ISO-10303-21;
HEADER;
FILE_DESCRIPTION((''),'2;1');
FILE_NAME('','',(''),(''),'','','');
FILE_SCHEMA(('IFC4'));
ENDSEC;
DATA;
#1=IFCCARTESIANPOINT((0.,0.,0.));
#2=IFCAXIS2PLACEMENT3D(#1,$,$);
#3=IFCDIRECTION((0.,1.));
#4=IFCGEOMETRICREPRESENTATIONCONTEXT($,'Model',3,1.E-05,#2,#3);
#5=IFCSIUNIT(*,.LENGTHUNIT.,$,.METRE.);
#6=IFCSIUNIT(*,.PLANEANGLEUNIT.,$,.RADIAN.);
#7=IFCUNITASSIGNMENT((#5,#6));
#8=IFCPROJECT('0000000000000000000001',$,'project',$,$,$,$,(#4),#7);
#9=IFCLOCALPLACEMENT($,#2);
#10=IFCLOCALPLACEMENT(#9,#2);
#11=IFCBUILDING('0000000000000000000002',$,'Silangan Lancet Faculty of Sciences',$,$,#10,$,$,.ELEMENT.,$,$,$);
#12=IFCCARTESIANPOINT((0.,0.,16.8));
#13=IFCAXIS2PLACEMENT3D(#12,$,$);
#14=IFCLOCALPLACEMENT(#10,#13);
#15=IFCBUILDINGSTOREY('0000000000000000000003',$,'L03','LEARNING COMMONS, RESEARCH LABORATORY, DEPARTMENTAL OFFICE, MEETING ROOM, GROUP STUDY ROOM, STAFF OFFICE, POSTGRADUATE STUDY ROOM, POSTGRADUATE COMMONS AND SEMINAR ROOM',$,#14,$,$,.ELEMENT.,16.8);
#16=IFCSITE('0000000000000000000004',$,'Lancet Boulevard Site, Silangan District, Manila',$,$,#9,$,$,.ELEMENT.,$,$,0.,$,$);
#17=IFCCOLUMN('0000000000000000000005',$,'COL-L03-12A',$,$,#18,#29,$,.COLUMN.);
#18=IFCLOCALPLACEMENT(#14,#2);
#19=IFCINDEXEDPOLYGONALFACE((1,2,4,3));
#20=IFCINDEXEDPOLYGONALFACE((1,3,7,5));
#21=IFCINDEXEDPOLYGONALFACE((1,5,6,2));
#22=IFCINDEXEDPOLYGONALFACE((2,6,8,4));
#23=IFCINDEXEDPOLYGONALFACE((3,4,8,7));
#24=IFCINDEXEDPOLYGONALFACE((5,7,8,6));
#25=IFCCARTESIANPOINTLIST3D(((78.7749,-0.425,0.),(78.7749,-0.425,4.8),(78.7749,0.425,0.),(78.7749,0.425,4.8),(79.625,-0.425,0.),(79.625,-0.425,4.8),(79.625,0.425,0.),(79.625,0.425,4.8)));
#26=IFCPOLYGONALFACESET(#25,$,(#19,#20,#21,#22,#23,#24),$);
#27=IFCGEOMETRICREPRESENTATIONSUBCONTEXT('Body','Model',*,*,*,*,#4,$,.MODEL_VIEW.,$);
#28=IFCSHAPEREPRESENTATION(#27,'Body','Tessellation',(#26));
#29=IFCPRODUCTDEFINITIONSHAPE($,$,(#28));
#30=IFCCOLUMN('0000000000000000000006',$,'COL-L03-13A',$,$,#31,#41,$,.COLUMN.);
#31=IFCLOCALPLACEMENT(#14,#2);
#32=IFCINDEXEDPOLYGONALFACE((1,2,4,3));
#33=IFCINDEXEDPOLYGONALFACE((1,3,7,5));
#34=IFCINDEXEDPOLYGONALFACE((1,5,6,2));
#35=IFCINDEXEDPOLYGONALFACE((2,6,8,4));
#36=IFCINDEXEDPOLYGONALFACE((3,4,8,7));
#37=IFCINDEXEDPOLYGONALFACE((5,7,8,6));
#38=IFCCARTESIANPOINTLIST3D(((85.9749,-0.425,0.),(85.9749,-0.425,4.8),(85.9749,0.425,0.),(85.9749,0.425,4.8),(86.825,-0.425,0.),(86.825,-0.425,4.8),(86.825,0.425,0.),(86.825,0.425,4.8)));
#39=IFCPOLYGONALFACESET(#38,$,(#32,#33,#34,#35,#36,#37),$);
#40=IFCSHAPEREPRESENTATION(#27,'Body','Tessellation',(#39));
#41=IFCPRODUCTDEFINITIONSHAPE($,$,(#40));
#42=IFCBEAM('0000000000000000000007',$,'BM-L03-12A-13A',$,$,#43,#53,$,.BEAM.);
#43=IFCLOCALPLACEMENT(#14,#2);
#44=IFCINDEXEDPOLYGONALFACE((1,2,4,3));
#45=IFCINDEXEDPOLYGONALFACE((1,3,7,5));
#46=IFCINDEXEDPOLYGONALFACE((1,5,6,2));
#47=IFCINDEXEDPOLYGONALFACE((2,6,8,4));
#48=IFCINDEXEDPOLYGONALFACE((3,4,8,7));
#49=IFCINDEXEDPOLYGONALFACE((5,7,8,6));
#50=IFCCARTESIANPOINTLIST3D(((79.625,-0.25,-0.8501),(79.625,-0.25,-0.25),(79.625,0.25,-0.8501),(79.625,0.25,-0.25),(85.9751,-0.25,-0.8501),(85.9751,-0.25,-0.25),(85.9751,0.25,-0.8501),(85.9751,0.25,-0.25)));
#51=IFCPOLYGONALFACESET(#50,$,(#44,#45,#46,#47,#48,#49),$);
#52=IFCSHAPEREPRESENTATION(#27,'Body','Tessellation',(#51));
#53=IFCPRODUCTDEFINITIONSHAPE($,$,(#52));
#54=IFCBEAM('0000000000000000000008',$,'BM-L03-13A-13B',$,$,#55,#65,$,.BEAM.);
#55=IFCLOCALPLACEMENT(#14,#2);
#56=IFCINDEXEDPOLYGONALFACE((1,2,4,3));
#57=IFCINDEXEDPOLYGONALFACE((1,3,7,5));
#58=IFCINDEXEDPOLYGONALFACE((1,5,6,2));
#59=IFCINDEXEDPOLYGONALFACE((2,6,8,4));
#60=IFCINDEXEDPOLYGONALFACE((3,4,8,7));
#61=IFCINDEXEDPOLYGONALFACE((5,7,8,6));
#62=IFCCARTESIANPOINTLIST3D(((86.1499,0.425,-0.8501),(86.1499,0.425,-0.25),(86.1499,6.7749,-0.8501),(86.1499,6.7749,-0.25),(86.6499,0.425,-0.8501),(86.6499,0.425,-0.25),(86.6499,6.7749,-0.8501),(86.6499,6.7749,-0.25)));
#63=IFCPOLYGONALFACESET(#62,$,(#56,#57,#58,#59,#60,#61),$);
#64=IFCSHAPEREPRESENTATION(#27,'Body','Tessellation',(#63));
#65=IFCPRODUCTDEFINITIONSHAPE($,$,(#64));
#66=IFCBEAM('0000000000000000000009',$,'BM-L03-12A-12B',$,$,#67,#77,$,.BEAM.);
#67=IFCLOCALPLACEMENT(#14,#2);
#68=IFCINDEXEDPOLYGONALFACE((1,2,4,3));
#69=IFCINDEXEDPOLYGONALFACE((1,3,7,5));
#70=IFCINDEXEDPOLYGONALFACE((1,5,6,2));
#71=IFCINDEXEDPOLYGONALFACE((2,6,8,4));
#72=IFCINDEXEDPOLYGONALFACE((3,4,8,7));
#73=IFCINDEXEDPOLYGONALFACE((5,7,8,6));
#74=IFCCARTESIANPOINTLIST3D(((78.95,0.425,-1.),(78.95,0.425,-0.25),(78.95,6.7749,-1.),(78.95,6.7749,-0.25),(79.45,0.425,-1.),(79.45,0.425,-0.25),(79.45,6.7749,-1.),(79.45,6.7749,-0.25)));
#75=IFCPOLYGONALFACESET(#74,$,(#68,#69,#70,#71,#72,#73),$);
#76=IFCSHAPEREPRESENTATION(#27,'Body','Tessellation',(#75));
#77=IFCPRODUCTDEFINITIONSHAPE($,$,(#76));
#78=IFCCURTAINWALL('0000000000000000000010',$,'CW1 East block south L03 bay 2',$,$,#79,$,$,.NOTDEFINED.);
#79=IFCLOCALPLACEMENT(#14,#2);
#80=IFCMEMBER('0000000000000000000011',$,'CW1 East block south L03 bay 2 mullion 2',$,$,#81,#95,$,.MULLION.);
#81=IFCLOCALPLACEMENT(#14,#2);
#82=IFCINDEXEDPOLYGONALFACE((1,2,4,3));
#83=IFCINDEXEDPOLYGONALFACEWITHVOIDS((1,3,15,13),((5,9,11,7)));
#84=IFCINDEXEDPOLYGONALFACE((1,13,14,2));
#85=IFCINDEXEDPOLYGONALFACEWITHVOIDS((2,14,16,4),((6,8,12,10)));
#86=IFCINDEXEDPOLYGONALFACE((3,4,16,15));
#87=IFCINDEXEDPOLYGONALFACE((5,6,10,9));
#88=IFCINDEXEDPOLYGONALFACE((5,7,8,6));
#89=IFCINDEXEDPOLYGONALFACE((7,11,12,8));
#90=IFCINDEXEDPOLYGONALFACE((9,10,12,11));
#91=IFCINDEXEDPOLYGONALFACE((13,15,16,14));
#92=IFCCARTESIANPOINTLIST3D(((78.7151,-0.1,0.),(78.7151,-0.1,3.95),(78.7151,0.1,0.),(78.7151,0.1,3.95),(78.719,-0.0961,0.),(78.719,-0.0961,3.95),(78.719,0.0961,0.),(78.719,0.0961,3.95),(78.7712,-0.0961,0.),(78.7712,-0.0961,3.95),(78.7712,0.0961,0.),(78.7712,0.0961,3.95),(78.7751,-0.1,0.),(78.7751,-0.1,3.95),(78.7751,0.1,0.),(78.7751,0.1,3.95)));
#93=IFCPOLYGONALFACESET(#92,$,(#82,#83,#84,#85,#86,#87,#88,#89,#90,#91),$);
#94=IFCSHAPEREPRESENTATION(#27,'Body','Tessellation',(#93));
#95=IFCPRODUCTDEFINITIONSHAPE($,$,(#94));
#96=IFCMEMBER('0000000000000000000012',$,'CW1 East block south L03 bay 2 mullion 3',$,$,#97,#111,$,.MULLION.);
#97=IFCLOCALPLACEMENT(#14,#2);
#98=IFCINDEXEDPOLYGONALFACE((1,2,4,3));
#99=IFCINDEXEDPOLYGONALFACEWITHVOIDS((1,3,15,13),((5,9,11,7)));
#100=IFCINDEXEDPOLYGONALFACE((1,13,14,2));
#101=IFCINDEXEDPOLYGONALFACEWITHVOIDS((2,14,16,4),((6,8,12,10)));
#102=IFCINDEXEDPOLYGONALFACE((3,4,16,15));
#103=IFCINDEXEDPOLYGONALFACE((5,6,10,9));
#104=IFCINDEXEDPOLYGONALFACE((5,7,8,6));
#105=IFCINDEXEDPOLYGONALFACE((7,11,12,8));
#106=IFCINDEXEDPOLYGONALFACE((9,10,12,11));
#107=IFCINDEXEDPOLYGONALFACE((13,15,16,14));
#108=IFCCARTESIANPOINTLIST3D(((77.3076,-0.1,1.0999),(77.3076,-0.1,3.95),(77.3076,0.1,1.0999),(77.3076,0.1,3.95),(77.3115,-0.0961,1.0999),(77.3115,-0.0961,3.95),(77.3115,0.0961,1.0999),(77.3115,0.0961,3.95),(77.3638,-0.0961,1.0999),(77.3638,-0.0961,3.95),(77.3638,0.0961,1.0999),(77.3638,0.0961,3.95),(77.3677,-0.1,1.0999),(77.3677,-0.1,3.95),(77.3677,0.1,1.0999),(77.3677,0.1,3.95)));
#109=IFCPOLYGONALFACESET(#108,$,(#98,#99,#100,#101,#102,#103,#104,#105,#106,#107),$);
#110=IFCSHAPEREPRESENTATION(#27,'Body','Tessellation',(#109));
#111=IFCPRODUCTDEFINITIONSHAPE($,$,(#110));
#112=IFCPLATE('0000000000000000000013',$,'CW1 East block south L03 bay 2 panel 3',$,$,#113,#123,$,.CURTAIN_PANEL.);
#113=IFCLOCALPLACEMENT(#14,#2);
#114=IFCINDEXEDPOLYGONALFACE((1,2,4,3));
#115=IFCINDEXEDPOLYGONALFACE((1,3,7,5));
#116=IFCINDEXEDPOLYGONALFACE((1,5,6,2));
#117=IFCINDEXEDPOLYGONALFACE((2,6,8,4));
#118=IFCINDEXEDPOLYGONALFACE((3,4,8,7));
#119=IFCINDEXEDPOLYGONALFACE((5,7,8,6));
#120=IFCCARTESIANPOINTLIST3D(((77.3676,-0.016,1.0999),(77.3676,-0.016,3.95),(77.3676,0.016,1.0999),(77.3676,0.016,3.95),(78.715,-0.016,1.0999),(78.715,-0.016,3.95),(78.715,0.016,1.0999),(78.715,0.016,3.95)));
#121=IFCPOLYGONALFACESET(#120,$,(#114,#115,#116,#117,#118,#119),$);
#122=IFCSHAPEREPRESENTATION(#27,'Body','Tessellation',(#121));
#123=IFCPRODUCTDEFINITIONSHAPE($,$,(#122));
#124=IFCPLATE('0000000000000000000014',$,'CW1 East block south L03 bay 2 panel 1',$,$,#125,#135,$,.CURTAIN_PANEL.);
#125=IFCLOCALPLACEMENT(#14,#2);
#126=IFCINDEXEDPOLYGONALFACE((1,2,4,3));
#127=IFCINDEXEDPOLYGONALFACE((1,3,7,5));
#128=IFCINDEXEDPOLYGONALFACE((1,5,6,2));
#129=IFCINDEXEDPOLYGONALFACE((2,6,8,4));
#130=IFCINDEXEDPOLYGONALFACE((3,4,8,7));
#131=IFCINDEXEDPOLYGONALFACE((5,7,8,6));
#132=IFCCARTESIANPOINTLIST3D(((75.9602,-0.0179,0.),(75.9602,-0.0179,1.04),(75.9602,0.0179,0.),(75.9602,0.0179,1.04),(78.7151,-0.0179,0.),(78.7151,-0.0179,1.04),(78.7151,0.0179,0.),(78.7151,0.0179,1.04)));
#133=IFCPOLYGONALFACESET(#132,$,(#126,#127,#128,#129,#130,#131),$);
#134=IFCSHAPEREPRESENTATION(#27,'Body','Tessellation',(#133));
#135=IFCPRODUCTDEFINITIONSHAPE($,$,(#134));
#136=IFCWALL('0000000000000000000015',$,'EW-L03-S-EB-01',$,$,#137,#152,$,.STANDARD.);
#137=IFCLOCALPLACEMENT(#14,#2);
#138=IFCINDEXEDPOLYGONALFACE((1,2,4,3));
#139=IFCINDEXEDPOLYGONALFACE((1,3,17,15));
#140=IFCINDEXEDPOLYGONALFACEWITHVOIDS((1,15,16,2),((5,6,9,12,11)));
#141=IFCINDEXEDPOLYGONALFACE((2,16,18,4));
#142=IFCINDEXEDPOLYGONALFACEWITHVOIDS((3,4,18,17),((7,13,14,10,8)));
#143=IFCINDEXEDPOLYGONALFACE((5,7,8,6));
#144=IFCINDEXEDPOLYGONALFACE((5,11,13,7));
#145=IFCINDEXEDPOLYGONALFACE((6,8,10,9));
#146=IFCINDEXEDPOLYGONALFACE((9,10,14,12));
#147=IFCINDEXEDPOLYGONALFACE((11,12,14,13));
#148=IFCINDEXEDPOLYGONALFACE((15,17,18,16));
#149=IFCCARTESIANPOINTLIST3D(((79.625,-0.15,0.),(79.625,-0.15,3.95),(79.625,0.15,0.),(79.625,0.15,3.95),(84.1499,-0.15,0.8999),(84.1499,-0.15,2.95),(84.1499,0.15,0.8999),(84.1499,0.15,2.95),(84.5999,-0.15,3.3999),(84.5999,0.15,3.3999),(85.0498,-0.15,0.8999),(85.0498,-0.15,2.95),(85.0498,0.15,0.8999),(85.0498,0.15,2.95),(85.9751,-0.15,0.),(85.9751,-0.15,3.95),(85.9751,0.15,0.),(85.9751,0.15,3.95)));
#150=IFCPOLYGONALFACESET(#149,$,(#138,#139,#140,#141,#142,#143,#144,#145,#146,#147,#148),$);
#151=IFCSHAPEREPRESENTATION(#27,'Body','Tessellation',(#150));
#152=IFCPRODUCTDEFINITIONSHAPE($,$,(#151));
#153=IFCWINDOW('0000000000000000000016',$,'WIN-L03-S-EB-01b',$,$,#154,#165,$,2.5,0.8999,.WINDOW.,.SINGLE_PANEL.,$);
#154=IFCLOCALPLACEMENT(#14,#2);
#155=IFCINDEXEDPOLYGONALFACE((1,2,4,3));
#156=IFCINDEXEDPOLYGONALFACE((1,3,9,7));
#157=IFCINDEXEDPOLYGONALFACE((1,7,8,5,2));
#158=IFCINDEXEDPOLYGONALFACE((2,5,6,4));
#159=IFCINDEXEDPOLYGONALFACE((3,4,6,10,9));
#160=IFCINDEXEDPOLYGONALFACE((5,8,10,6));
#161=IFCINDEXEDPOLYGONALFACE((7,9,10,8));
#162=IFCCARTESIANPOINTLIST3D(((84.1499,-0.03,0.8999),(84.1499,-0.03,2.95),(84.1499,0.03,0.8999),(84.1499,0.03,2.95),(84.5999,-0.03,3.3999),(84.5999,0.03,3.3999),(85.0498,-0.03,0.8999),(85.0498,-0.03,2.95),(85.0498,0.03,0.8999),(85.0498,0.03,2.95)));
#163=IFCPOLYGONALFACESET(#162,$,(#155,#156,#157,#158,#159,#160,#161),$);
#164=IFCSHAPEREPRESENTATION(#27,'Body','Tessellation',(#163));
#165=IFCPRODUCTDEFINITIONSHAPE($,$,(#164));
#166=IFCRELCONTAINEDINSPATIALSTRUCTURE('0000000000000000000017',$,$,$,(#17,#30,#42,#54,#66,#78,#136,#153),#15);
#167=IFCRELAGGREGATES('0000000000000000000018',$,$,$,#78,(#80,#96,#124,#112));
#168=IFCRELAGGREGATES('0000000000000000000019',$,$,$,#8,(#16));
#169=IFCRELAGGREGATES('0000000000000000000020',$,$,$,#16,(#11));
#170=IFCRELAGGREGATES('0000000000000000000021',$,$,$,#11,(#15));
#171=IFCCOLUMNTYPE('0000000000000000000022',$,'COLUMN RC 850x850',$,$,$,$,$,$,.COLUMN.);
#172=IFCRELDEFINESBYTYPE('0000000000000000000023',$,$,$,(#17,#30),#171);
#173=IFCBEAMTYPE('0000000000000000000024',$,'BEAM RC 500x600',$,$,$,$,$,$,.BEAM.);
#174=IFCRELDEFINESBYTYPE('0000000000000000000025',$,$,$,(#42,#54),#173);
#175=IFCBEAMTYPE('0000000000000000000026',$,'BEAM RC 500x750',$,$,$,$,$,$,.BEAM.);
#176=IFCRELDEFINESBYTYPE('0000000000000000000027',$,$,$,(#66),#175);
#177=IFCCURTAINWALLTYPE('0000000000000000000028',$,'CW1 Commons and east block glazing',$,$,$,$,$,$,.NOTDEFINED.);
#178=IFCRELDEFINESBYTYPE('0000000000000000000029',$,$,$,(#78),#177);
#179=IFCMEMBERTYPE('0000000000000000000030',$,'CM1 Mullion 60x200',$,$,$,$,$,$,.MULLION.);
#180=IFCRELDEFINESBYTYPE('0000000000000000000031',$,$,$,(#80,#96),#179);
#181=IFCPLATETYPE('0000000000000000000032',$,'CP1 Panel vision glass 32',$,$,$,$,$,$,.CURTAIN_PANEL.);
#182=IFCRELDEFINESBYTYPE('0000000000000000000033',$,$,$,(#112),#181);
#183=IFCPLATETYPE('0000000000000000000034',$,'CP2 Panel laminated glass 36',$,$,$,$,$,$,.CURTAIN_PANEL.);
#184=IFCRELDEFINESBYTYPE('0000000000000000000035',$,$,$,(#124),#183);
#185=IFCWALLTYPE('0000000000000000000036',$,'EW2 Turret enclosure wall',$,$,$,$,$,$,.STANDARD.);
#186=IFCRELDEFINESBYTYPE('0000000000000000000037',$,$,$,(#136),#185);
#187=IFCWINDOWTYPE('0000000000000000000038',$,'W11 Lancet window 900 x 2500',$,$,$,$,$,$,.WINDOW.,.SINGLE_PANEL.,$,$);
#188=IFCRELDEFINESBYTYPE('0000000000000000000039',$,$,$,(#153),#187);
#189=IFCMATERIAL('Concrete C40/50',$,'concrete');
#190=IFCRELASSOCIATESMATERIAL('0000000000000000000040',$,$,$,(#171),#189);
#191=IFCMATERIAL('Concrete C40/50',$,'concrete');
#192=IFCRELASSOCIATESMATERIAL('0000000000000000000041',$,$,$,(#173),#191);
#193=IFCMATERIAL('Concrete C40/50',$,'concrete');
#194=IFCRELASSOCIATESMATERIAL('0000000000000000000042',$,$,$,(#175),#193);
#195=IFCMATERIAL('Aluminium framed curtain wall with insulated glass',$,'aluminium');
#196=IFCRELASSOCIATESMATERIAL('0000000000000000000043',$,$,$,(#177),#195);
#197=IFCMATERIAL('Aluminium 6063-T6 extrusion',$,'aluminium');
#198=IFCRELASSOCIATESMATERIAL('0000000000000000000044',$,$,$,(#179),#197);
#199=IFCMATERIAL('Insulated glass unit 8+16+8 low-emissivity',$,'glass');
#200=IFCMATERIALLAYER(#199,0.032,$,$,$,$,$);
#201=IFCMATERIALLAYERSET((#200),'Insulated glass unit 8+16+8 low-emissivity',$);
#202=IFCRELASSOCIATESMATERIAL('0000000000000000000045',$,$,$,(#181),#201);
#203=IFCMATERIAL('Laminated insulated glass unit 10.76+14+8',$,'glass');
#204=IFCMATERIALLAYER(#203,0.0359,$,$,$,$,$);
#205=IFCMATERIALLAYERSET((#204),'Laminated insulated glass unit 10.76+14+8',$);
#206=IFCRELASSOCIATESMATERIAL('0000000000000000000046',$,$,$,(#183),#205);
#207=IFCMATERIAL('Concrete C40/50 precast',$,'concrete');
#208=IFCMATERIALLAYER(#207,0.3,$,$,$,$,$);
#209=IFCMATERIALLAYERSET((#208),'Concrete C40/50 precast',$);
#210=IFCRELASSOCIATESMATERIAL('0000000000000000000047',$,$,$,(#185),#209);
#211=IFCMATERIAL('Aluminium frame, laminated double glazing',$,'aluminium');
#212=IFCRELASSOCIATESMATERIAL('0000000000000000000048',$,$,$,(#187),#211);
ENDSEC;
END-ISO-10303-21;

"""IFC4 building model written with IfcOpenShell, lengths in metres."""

from ifc_helpers import new_model, si_unit, direction, frame, frame_2d, origin, origin_2d, place, context, subcontext, project, spatial, polyline, rectangle, hollow_rectangle, outline, extrude, material, layer, layer_set, material_profile, profile_set, type_object, element, fill, aggregate, save


model = new_model("IFC4")

# Units and contexts
model_context = context("Model", 3, precision=1e-05, world=origin(), true_north=direction((0.0, 1.0)))
body_context = subcontext(model_context, "Body", "Model", "MODEL_VIEW")
ifc_project = project(units=[si_unit("LENGTHUNIT", "METRE"), si_unit("PLANEANGLEUNIT", "RADIAN")], contexts=[model_context])

# Site, building, storey
site_placement = place(None, origin())
site = spatial("IfcSite", under=ifc_project, at=site_placement, Name="Lancet Boulevard Site, Silangan District, Manila", CompositionType="ELEMENT", RefElevation=0.0)
building_placement = place(site_placement, origin())
building = spatial("IfcBuilding", under=site, at=building_placement, Name="Silangan Lancet Faculty of Sciences", CompositionType="ELEMENT")
storey_placement = place(building_placement, frame((0.0, 0.0, 16.8)))
storey = spatial("IfcBuildingStorey", under=building, at=storey_placement, Name="L03", Description="LEARNING COMMONS, RESEARCH LABORATORY, DEPARTMENTAL OFFICE, MEETING ROOM, GROUP STUDY ROOM, STAFF OFFICE, POSTGRADUATE STUDY ROOM, POSTGRADUATE COMMONS AND SEMINAR ROOM", CompositionType="ELEMENT", Elevation=16.8)

# Columns
ifc_material_1 = material(Name="Concrete C40/50", Category="concrete")
ifc_material_profile_1 = material_profile(ifc_material_1, rectangle(XDim=0.8501, YDim=0.8501, at=origin_2d()), Name="RC 850x850")
ifc_profile_set_1 = profile_set([ifc_material_profile_1], Name="Concrete C40/50")
column_type = type_object("IfcColumnType", Name="COLUMN RC 850x850", PredefinedType="COLUMN", material=ifc_profile_set_1)
for number, where, z_axis, x_axis, name in (
    (1, (79.2, 0.0, 0.0), (0.0, 0.0, 1.0), (1.0, 0.0, 0.0), "COL-L03-12A"),
    (2, (86.3999, 0.0, 0.0), (0.0, 0.0, 1.0), (1.0, 0.0, 0.0), "COL-L03-13A"),
):
    element("IfcColumn", number, at=place(storey_placement, frame(where, z_axis=z_axis, x_axis=x_axis)), inside=storey, type_object=column_type, Name=name, PredefinedType="COLUMN", context=body_context, shape_type="SweptSolid", body=[
        extrude(rectangle(XDim=0.8501, YDim=0.8501, at=origin_2d()), origin(), (0.0, 0.0, 1.0), 4.8),
    ])

# Beams
ifc_material_2 = material(Name="Concrete C40/50", Category="concrete")
ifc_material_profile_2 = material_profile(ifc_material_2, rectangle(XDim=0.5, YDim=0.6001, at=origin_2d()), Name="RC 500x600")
ifc_profile_set_2 = profile_set([ifc_material_profile_2], Name="Concrete C40/50")
beam_type_1 = type_object("IfcBeamType", Name="BEAM RC 500x600", PredefinedType="BEAM", material=ifc_profile_set_2)
beam_1_placement = place(storey_placement, frame((79.625, 0.0, -0.55), z_axis=(1.0, 0.0, 0.0), x_axis=(0.0, 1.0, 0.0)))
element("IfcBeam", 3, at=beam_1_placement, inside=storey, type_object=beam_type_1, Name="BM-L03-12A-13A", PredefinedType="BEAM", context=body_context, shape_type="SweptSolid", body=[
    extrude(rectangle(XDim=0.5, YDim=0.6001, at=origin_2d()), origin(), (0.0, 0.0, 1.0), 6.3501),
])
beam_2_placement = place(storey_placement, frame((86.3999, 0.425, -0.55), z_axis=(0.0, 1.0, 0.0), x_axis=(-1.0, 0.0, 0.0)))
element("IfcBeam", 4, at=beam_2_placement, inside=storey, type_object=beam_type_1, Name="BM-L03-13A-13B", PredefinedType="BEAM", context=body_context, shape_type="SweptSolid", body=[
    extrude(rectangle(XDim=0.5, YDim=0.6001, at=origin_2d()), origin(), (0.0, 0.0, 1.0), 6.3499),
])
ifc_material_3 = material(Name="Concrete C40/50", Category="concrete")
ifc_material_profile_3 = material_profile(ifc_material_3, rectangle(XDim=0.5, YDim=0.75, at=origin_2d()), Name="RC 500x750")
ifc_profile_set_3 = profile_set([ifc_material_profile_3], Name="Concrete C40/50")
beam_type_2 = type_object("IfcBeamType", Name="BEAM RC 500x750", PredefinedType="BEAM", material=ifc_profile_set_3)
beam_3_placement = place(storey_placement, frame((79.2, 0.425, -0.625), z_axis=(0.0, 1.0, 0.0), x_axis=(-1.0, 0.0, 0.0)))
element("IfcBeam", 5, at=beam_3_placement, inside=storey, type_object=beam_type_2, Name="BM-L03-12A-12B", PredefinedType="BEAM", context=body_context, shape_type="SweptSolid", body=[
    extrude(rectangle(XDim=0.5, YDim=0.75, at=origin_2d()), origin(), (0.0, 0.0, 1.0), 6.3499),
])

# Curtain wall, members, plates
ifc_material_4 = material(Name="Aluminium framed curtain wall with insulated glass", Category="aluminium")
curtain_wall_type = type_object("IfcCurtainWallType", Name="CW1 Commons and east block glazing", PredefinedType="NOTDEFINED", material=ifc_material_4)
curtain_wall_placement = place(storey_placement, origin())
curtain_wall = element("IfcCurtainWall", 6, at=curtain_wall_placement, inside=storey, type_object=curtain_wall_type, Name="CW1 East block south L03 bay 2", PredefinedType="NOTDEFINED")
ifc_material_5 = material(Name="Aluminium 6063-T6 extrusion", Category="aluminium")
ifc_material_profile_4 = material_profile(ifc_material_5, hollow_rectangle(XDim=0.0601, YDim=0.2, WallThickness=0.0039, at=origin_2d()), Name="AL BOX 60x200x4")
ifc_profile_set_4 = profile_set([ifc_material_profile_4], Name="Aluminium 6063-T6 extrusion")
member_type = type_object("IfcMemberType", Name="CM1 Mullion 60x200", PredefinedType="MULLION", material=ifc_profile_set_4)
member_1_placement = place(storey_placement, frame((78.7451, 0.0, 0.0), z_axis=(0.0, 0.0, 1.0), x_axis=(1.0, 0.0, 0.0)))
member_1 = element("IfcMember", 7, at=member_1_placement, type_object=member_type, Name="CW1 East block south L03 bay 2 mullion 2", PredefinedType="MULLION", context=body_context, shape_type="SweptSolid", body=[
    extrude(hollow_rectangle(XDim=0.0601, YDim=0.2, WallThickness=0.0039, at=origin_2d()), origin(), (0.0, 0.0, 1.0), 3.95),
])
member_2_placement = place(storey_placement, frame((77.3376, 0.0, 1.0999), z_axis=(0.0, 0.0, 1.0), x_axis=(1.0, 0.0, 0.0)))
member_2 = element("IfcMember", 8, at=member_2_placement, type_object=member_type, Name="CW1 East block south L03 bay 2 mullion 3", PredefinedType="MULLION", context=body_context, shape_type="SweptSolid", body=[
    extrude(hollow_rectangle(XDim=0.0601, YDim=0.2, WallThickness=0.0039, at=origin_2d()), origin(), (0.0, 0.0, 1.0), 2.8501),
])
ifc_material_6 = material(Name="Insulated glass unit 8+16+8 low-emissivity", Category="glass")
ifc_layer_1 = layer(ifc_material_6, 0.032)
ifc_layer_set_1 = layer_set([ifc_layer_1], Name="Insulated glass unit 8+16+8 low-emissivity")
plate_type_1 = type_object("IfcPlateType", Name="CP1 Panel vision glass 32", PredefinedType="CURTAIN_PANEL", material=ifc_layer_set_1)
plate_1_placement = place(storey_placement, frame((78.0413, 0.0, 1.0999), z_axis=(0.0, 0.0, 1.0), x_axis=(1.0, 0.0, 0.0)))
plate_1 = element("IfcPlate", 9, at=plate_1_placement, type_object=plate_type_1, Name="CW1 East block south L03 bay 2 panel 3", PredefinedType="CURTAIN_PANEL", context=body_context, shape_type="SweptSolid", body=[
    extrude(rectangle(XDim=1.3474, YDim=0.032, at=origin_2d()), origin(), (0.0, 0.0, 1.0), 2.8501),
])
ifc_material_7 = material(Name="Laminated insulated glass unit 10.76+14+8", Category="glass")
ifc_layer_2 = layer(ifc_material_7, 0.0359)
ifc_layer_set_2 = layer_set([ifc_layer_2], Name="Laminated insulated glass unit 10.76+14+8")
plate_type_2 = type_object("IfcPlateType", Name="CP2 Panel laminated glass 36", PredefinedType="CURTAIN_PANEL", material=ifc_layer_set_2)
plate_2_placement = place(storey_placement, frame((77.3376, 0.0, 0.0), z_axis=(0.0, 0.0, 1.0), x_axis=(1.0, 0.0, 0.0)))
plate_2 = element("IfcPlate", 10, at=plate_2_placement, type_object=plate_type_2, Name="CW1 East block south L03 bay 2 panel 1", PredefinedType="CURTAIN_PANEL", context=body_context, shape_type="SweptSolid", body=[
    extrude(rectangle(XDim=2.7549, YDim=0.0359, at=origin_2d()), origin(), (0.0, 0.0, 1.0), 1.04),
])
aggregate(curtain_wall, [member_1, member_2, plate_2, plate_1])

# Wall, opening, window
ifc_material_8 = material(Name="Concrete C40/50 precast", Category="concrete")
ifc_layer_3 = layer(ifc_material_8, 0.3)
ifc_layer_set_3 = layer_set([ifc_layer_3], Name="Concrete C40/50 precast")
wall_type_1 = type_object("IfcWallType", Name="EW2 Turret enclosure wall", PredefinedType="STANDARD", material=ifc_layer_set_3)
wall_1_placement = place(storey_placement, frame((79.625, 0.0, 0.0), z_axis=(0.0, 0.0, 1.0), x_axis=(1.0, 0.0, 0.0)))
wall_1 = element("IfcWall", 11, at=wall_1_placement, inside=storey, type_object=wall_type_1, Name="EW-L03-S-EB-01", PredefinedType="STANDARD", context=body_context, shape_type="SweptSolid", body=[
    extrude(rectangle(XDim=6.3501, YDim=0.3, at=frame_2d((3.175, 0.0))), origin(), (0.0, 0.0, 1.0), 3.95),
])
opening_1_placement = place(wall_1_placement, frame((4.5249, 0.0, 0.8999)))
opening_1 = element("IfcOpeningElement", 12, at=opening_1_placement, cuts=wall_1, PredefinedType="OPENING", context=body_context, shape_type="SweptSolid", body=[
    extrude(outline(polyline([(0.0, 0.0), (0.8999, 0.0), (0.8999, 2.05), (0.45, 2.5), (0.0, 2.05), (0.0, 0.0)])), frame((0.0, 0.1599, 0.0), z_axis=(0.0, -1.0, 0.0), x_axis=(1.0, 0.0, 0.0)), (0.0, 0.0, 1.0), 0.3201),
])
ifc_material_9 = material(Name="Aluminium frame, laminated double glazing", Category="aluminium")
window_type = type_object("IfcWindowType", Name="W11 Lancet window 900 x 2500", PartitioningType="SINGLE_PANEL", PredefinedType="WINDOW", material=ifc_material_9)
window_1_placement = place(opening_1_placement, origin())
window_1 = element("IfcWindow", 13, at=window_1_placement, inside=storey, type_object=window_type, Name="WIN-L03-S-EB-01b", OverallHeight=2.5, OverallWidth=0.8999, PartitioningType="SINGLE_PANEL", PredefinedType="WINDOW", context=body_context, shape_type="SweptSolid", body=[
    extrude(outline(polyline([(0.0, 0.0), (0.8999, 0.0), (0.8999, 2.05), (0.45, 2.5), (0.0, 2.05), (0.0, 0.0)])), frame((0.0, 0.03, 0.0), z_axis=(0.0, -1.0, 0.0), x_axis=(1.0, 0.0, 0.0)), (0.0, 0.0, 1.0), 0.0601),
])
fill(opening_1, window_1)

save(model, "model.ifc")
